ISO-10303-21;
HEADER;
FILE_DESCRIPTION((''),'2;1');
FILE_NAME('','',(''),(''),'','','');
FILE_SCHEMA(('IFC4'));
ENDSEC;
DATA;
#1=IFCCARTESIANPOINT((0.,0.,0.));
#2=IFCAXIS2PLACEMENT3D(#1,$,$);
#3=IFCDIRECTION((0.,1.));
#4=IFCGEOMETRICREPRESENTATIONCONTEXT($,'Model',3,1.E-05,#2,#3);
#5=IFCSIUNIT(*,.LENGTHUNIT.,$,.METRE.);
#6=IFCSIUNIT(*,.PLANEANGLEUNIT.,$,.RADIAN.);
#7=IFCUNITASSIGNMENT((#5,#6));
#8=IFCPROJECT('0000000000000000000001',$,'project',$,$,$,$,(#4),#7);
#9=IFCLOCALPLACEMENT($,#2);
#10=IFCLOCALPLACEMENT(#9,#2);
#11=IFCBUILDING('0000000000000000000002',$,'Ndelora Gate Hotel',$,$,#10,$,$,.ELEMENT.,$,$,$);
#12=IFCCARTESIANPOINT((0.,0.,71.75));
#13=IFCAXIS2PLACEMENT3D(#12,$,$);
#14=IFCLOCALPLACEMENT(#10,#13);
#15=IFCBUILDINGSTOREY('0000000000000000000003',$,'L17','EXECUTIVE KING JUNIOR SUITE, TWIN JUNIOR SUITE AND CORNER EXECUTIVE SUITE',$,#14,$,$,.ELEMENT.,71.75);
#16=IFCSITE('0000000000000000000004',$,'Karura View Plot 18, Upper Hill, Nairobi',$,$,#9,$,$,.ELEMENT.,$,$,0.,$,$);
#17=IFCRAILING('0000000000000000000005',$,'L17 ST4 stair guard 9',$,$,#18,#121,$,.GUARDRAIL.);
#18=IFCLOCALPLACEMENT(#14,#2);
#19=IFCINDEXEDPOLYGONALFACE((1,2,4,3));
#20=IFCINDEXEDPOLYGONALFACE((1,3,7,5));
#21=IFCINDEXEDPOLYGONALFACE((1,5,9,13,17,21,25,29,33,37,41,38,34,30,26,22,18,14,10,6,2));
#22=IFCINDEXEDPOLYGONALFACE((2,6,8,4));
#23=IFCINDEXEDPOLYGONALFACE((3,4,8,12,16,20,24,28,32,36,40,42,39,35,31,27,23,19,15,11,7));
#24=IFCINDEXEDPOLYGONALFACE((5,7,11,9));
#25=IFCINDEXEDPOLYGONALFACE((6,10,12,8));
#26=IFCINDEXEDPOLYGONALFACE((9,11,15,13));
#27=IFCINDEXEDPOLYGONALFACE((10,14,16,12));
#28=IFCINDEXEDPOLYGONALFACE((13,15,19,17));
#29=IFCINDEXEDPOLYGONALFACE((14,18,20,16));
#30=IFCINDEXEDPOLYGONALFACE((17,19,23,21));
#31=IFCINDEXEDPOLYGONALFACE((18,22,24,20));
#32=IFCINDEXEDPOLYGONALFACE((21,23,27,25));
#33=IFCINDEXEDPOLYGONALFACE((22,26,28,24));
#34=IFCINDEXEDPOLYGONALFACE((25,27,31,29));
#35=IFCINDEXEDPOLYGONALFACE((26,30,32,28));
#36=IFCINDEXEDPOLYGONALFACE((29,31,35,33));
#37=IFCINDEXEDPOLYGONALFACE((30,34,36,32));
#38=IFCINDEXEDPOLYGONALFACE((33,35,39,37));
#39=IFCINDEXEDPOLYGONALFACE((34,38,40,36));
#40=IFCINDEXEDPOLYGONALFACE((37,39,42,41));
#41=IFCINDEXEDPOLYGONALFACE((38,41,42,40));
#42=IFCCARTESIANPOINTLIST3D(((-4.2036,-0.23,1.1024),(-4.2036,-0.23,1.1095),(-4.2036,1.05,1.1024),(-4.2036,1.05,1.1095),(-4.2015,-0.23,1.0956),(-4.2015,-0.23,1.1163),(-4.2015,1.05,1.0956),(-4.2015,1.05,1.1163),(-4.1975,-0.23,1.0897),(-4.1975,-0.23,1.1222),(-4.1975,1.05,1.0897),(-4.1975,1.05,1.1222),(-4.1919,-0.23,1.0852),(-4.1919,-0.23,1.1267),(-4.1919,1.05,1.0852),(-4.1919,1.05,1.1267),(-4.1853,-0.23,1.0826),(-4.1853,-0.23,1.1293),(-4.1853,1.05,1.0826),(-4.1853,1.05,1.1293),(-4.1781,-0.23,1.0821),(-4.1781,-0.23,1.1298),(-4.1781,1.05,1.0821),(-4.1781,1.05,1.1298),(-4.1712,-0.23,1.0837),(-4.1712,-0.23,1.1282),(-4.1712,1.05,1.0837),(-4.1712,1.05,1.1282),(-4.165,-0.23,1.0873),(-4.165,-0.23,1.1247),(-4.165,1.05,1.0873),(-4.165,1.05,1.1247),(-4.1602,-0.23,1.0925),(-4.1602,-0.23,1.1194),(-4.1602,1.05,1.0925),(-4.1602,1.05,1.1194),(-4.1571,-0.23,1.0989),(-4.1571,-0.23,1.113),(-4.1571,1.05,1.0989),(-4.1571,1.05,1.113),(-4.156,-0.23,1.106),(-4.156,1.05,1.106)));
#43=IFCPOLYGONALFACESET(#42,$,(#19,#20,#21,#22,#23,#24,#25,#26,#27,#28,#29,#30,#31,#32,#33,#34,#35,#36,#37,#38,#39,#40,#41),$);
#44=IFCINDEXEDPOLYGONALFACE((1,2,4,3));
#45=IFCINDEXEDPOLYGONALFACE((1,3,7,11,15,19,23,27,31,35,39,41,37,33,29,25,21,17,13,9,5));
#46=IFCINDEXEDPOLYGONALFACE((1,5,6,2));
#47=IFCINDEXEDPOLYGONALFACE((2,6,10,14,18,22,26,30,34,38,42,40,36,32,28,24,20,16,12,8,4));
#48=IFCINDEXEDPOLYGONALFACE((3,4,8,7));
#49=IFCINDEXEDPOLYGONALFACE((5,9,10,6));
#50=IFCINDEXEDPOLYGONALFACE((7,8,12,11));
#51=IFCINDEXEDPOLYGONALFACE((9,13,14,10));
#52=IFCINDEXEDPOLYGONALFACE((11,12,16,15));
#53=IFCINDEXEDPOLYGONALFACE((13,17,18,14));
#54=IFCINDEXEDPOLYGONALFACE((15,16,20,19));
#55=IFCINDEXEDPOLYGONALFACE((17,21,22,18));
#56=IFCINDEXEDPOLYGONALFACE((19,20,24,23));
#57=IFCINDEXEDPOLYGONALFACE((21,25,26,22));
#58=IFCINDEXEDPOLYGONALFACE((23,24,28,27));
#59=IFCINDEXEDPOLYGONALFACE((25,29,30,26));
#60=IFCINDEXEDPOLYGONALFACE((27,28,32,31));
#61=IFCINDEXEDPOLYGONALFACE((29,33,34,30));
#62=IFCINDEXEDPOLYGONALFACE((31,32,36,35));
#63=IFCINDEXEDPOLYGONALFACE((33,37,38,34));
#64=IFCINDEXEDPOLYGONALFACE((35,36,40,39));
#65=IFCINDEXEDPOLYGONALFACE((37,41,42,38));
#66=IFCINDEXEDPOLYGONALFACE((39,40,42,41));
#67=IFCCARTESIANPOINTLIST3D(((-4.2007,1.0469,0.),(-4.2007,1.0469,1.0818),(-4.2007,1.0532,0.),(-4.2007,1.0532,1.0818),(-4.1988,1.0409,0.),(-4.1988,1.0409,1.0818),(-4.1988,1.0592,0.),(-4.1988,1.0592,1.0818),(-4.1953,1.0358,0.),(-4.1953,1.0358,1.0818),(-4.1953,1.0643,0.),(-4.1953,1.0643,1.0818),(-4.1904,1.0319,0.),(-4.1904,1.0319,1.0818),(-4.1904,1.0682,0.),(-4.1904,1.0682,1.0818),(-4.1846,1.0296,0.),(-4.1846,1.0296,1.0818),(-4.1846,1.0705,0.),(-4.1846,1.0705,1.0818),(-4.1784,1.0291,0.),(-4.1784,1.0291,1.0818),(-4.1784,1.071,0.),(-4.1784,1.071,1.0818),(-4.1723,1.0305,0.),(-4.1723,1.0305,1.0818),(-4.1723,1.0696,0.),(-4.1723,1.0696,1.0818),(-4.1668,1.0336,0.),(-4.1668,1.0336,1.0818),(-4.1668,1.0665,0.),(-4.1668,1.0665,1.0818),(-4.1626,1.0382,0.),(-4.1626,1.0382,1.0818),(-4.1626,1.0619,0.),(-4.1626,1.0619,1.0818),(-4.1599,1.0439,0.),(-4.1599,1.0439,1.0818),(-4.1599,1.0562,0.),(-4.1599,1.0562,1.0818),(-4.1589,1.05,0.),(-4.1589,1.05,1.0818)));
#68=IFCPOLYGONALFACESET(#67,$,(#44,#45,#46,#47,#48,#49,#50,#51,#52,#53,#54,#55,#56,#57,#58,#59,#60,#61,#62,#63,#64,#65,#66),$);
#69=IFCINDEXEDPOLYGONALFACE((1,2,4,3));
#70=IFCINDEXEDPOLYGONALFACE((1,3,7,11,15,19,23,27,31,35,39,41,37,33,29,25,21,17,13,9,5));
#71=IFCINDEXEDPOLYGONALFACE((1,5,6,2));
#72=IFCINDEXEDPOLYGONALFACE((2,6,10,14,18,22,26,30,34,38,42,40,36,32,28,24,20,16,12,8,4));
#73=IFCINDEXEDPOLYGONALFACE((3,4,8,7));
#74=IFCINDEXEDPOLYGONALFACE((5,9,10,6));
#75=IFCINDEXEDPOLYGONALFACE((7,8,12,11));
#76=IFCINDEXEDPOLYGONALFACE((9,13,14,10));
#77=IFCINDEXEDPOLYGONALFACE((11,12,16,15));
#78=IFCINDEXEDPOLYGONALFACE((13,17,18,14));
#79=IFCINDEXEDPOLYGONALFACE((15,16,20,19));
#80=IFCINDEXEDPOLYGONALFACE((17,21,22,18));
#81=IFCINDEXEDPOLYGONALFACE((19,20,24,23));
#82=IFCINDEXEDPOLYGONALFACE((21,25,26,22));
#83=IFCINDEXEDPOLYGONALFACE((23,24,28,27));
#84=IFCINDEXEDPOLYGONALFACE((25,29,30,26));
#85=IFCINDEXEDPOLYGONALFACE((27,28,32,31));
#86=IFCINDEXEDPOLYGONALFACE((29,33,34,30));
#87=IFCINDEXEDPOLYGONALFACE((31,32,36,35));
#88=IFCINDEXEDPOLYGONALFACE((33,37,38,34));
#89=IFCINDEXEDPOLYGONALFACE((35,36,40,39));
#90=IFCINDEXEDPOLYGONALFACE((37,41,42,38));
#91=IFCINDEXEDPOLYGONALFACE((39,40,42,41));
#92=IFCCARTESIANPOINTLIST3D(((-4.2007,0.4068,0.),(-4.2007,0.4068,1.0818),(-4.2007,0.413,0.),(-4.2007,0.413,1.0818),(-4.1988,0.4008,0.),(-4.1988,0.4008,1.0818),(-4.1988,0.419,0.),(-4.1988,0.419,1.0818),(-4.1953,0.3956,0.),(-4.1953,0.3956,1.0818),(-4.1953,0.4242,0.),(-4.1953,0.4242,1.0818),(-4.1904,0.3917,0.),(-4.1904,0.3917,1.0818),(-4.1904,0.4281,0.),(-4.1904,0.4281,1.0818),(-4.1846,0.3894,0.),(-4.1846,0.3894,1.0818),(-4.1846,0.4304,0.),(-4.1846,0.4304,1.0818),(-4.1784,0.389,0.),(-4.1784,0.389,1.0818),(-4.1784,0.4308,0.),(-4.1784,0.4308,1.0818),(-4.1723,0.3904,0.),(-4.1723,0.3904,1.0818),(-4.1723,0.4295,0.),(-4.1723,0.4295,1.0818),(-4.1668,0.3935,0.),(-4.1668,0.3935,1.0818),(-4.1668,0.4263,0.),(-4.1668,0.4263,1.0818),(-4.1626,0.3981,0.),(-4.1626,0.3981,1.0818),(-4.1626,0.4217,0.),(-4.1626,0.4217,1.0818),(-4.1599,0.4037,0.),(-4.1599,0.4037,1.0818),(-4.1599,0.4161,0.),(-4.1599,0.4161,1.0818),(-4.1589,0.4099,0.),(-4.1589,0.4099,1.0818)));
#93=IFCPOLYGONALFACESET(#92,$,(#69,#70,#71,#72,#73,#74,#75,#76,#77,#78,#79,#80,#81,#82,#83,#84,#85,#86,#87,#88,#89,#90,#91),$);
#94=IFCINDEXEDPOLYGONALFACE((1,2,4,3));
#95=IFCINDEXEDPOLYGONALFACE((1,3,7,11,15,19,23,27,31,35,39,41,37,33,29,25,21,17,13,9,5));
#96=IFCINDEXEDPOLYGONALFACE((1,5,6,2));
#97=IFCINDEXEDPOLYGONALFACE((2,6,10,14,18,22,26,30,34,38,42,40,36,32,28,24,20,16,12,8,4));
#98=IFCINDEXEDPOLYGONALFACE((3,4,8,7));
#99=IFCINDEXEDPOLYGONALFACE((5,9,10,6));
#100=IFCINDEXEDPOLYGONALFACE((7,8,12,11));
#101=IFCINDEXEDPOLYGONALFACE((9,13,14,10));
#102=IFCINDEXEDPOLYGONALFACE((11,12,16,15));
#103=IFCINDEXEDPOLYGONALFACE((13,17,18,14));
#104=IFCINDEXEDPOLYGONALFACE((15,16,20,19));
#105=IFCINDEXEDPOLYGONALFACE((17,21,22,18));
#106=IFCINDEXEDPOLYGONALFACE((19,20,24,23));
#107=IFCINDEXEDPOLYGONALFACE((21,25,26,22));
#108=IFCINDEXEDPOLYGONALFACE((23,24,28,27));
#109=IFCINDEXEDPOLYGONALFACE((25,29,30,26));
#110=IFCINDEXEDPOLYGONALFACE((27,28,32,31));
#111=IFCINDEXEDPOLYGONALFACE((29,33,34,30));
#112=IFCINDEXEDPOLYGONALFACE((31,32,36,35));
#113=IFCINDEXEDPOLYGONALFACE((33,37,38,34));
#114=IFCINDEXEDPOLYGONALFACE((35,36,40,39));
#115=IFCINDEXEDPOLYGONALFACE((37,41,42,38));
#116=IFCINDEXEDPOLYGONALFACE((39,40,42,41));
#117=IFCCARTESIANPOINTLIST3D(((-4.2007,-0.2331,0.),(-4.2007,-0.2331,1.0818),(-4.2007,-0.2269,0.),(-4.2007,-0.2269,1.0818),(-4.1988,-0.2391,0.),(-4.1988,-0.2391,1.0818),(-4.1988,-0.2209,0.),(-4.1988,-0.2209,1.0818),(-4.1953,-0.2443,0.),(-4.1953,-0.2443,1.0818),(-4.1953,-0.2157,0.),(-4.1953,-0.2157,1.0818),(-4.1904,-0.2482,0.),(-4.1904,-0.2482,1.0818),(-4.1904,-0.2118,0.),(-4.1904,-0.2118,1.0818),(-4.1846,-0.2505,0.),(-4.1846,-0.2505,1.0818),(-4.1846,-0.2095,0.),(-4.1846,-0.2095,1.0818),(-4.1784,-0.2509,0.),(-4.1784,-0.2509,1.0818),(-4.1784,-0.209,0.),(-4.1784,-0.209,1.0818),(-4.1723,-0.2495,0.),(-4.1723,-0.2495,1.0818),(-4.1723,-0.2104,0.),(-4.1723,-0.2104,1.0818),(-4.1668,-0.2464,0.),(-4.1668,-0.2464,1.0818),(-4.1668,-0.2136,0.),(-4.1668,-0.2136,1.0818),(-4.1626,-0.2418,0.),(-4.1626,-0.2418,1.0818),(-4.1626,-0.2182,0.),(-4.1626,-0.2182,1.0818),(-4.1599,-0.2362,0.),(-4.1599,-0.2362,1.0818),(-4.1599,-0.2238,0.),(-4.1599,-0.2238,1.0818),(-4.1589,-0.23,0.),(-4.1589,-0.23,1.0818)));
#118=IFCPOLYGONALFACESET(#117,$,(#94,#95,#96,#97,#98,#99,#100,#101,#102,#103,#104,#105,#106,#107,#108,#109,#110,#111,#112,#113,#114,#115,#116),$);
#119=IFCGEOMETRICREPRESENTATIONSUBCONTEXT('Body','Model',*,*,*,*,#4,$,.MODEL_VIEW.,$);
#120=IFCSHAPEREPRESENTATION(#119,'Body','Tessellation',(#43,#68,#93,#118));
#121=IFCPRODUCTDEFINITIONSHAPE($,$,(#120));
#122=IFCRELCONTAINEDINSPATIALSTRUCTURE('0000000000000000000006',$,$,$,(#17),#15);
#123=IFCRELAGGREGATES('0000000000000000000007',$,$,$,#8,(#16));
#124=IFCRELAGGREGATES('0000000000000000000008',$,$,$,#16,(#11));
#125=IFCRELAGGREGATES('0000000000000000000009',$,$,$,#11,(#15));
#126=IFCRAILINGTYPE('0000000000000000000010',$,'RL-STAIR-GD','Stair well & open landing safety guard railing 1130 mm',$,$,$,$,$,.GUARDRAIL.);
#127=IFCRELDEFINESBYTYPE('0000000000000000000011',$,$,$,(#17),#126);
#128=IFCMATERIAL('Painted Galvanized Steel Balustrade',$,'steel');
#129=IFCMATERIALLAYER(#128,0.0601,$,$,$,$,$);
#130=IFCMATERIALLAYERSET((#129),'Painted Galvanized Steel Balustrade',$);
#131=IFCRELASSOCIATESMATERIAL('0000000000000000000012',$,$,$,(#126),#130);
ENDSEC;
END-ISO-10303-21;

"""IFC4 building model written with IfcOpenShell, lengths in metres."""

from ifc_helpers import new_model, si_unit, direction, frame, origin, origin_2d, place, context, subcontext, project, spatial, circle, extrude, material, layer, layer_set, type_object, element, save


model = new_model("IFC4")

# Units and contexts
model_context = context("Model", 3, precision=1e-05, world=origin(), true_north=direction((0.0, 1.0)))
body_context = subcontext(model_context, "Body", "Model", "MODEL_VIEW")
ifc_project = project(units=[si_unit("LENGTHUNIT", "METRE"), si_unit("PLANEANGLEUNIT", "RADIAN")], contexts=[model_context])

# Site, building, storey
site_placement = place(None, origin())
site = spatial("IfcSite", under=ifc_project, at=site_placement, Name="Karura View Plot 18, Upper Hill, Nairobi", CompositionType="ELEMENT", RefElevation=0.0)
building_placement = place(site_placement, origin())
building = spatial("IfcBuilding", under=site, at=building_placement, Name="Ndelora Gate Hotel", CompositionType="ELEMENT")
storey_placement = place(building_placement, frame((0.0, 0.0, 71.75)))
storey = spatial("IfcBuildingStorey", under=building, at=storey_placement, Name="L17", Description="EXECUTIVE KING JUNIOR SUITE, TWIN JUNIOR SUITE AND CORNER EXECUTIVE SUITE", CompositionType="ELEMENT", Elevation=71.75)

# Railing
ifc_material_1 = material(Name="Painted Galvanized Steel Balustrade", Category="steel")
ifc_layer_1 = layer(ifc_material_1, 0.0601)
ifc_layer_set_1 = layer_set([ifc_layer_1], Name="Painted Galvanized Steel Balustrade")
railing_type_1 = type_object("IfcRailingType", Name="RL-STAIR-GD", Description="Stair well & open landing safety guard railing 1130 mm", PredefinedType="GUARDRAIL", material=ifc_layer_set_1)
for number, where, name in (
    (1, (-4.1799, 1.05, 0.0), "L17 ST4 stair guard 9"),
):
    element("IfcRailing", number, at=place(storey_placement, frame(where)), inside=storey, type_object=railing_type_1, Name=name, PredefinedType="GUARDRAIL", context=body_context, shape_type="SweptSolid", body=[
        extrude(circle(Radius=0.0239, at=origin_2d()), frame((0.0, 0.0, 1.106), z_axis=(0.0, -1.0, 0.0), x_axis=(1.0, 0.0, 0.0)), (0.0, 0.0, 1.0), 1.28),
        extrude(circle(Radius=0.021, at=origin_2d()), origin(), (0.0, 0.0, 1.0), 1.0818),
        extrude(circle(Radius=0.021, at=origin_2d()), frame((0.0, -0.6401, 0.0)), (0.0, 0.0, 1.0), 1.0818),
        extrude(circle(Radius=0.021, at=origin_2d()), frame((0.0, -1.28, 0.0)), (0.0, 0.0, 1.0), 1.0818),
    ])

save(model, "model.ifc")
